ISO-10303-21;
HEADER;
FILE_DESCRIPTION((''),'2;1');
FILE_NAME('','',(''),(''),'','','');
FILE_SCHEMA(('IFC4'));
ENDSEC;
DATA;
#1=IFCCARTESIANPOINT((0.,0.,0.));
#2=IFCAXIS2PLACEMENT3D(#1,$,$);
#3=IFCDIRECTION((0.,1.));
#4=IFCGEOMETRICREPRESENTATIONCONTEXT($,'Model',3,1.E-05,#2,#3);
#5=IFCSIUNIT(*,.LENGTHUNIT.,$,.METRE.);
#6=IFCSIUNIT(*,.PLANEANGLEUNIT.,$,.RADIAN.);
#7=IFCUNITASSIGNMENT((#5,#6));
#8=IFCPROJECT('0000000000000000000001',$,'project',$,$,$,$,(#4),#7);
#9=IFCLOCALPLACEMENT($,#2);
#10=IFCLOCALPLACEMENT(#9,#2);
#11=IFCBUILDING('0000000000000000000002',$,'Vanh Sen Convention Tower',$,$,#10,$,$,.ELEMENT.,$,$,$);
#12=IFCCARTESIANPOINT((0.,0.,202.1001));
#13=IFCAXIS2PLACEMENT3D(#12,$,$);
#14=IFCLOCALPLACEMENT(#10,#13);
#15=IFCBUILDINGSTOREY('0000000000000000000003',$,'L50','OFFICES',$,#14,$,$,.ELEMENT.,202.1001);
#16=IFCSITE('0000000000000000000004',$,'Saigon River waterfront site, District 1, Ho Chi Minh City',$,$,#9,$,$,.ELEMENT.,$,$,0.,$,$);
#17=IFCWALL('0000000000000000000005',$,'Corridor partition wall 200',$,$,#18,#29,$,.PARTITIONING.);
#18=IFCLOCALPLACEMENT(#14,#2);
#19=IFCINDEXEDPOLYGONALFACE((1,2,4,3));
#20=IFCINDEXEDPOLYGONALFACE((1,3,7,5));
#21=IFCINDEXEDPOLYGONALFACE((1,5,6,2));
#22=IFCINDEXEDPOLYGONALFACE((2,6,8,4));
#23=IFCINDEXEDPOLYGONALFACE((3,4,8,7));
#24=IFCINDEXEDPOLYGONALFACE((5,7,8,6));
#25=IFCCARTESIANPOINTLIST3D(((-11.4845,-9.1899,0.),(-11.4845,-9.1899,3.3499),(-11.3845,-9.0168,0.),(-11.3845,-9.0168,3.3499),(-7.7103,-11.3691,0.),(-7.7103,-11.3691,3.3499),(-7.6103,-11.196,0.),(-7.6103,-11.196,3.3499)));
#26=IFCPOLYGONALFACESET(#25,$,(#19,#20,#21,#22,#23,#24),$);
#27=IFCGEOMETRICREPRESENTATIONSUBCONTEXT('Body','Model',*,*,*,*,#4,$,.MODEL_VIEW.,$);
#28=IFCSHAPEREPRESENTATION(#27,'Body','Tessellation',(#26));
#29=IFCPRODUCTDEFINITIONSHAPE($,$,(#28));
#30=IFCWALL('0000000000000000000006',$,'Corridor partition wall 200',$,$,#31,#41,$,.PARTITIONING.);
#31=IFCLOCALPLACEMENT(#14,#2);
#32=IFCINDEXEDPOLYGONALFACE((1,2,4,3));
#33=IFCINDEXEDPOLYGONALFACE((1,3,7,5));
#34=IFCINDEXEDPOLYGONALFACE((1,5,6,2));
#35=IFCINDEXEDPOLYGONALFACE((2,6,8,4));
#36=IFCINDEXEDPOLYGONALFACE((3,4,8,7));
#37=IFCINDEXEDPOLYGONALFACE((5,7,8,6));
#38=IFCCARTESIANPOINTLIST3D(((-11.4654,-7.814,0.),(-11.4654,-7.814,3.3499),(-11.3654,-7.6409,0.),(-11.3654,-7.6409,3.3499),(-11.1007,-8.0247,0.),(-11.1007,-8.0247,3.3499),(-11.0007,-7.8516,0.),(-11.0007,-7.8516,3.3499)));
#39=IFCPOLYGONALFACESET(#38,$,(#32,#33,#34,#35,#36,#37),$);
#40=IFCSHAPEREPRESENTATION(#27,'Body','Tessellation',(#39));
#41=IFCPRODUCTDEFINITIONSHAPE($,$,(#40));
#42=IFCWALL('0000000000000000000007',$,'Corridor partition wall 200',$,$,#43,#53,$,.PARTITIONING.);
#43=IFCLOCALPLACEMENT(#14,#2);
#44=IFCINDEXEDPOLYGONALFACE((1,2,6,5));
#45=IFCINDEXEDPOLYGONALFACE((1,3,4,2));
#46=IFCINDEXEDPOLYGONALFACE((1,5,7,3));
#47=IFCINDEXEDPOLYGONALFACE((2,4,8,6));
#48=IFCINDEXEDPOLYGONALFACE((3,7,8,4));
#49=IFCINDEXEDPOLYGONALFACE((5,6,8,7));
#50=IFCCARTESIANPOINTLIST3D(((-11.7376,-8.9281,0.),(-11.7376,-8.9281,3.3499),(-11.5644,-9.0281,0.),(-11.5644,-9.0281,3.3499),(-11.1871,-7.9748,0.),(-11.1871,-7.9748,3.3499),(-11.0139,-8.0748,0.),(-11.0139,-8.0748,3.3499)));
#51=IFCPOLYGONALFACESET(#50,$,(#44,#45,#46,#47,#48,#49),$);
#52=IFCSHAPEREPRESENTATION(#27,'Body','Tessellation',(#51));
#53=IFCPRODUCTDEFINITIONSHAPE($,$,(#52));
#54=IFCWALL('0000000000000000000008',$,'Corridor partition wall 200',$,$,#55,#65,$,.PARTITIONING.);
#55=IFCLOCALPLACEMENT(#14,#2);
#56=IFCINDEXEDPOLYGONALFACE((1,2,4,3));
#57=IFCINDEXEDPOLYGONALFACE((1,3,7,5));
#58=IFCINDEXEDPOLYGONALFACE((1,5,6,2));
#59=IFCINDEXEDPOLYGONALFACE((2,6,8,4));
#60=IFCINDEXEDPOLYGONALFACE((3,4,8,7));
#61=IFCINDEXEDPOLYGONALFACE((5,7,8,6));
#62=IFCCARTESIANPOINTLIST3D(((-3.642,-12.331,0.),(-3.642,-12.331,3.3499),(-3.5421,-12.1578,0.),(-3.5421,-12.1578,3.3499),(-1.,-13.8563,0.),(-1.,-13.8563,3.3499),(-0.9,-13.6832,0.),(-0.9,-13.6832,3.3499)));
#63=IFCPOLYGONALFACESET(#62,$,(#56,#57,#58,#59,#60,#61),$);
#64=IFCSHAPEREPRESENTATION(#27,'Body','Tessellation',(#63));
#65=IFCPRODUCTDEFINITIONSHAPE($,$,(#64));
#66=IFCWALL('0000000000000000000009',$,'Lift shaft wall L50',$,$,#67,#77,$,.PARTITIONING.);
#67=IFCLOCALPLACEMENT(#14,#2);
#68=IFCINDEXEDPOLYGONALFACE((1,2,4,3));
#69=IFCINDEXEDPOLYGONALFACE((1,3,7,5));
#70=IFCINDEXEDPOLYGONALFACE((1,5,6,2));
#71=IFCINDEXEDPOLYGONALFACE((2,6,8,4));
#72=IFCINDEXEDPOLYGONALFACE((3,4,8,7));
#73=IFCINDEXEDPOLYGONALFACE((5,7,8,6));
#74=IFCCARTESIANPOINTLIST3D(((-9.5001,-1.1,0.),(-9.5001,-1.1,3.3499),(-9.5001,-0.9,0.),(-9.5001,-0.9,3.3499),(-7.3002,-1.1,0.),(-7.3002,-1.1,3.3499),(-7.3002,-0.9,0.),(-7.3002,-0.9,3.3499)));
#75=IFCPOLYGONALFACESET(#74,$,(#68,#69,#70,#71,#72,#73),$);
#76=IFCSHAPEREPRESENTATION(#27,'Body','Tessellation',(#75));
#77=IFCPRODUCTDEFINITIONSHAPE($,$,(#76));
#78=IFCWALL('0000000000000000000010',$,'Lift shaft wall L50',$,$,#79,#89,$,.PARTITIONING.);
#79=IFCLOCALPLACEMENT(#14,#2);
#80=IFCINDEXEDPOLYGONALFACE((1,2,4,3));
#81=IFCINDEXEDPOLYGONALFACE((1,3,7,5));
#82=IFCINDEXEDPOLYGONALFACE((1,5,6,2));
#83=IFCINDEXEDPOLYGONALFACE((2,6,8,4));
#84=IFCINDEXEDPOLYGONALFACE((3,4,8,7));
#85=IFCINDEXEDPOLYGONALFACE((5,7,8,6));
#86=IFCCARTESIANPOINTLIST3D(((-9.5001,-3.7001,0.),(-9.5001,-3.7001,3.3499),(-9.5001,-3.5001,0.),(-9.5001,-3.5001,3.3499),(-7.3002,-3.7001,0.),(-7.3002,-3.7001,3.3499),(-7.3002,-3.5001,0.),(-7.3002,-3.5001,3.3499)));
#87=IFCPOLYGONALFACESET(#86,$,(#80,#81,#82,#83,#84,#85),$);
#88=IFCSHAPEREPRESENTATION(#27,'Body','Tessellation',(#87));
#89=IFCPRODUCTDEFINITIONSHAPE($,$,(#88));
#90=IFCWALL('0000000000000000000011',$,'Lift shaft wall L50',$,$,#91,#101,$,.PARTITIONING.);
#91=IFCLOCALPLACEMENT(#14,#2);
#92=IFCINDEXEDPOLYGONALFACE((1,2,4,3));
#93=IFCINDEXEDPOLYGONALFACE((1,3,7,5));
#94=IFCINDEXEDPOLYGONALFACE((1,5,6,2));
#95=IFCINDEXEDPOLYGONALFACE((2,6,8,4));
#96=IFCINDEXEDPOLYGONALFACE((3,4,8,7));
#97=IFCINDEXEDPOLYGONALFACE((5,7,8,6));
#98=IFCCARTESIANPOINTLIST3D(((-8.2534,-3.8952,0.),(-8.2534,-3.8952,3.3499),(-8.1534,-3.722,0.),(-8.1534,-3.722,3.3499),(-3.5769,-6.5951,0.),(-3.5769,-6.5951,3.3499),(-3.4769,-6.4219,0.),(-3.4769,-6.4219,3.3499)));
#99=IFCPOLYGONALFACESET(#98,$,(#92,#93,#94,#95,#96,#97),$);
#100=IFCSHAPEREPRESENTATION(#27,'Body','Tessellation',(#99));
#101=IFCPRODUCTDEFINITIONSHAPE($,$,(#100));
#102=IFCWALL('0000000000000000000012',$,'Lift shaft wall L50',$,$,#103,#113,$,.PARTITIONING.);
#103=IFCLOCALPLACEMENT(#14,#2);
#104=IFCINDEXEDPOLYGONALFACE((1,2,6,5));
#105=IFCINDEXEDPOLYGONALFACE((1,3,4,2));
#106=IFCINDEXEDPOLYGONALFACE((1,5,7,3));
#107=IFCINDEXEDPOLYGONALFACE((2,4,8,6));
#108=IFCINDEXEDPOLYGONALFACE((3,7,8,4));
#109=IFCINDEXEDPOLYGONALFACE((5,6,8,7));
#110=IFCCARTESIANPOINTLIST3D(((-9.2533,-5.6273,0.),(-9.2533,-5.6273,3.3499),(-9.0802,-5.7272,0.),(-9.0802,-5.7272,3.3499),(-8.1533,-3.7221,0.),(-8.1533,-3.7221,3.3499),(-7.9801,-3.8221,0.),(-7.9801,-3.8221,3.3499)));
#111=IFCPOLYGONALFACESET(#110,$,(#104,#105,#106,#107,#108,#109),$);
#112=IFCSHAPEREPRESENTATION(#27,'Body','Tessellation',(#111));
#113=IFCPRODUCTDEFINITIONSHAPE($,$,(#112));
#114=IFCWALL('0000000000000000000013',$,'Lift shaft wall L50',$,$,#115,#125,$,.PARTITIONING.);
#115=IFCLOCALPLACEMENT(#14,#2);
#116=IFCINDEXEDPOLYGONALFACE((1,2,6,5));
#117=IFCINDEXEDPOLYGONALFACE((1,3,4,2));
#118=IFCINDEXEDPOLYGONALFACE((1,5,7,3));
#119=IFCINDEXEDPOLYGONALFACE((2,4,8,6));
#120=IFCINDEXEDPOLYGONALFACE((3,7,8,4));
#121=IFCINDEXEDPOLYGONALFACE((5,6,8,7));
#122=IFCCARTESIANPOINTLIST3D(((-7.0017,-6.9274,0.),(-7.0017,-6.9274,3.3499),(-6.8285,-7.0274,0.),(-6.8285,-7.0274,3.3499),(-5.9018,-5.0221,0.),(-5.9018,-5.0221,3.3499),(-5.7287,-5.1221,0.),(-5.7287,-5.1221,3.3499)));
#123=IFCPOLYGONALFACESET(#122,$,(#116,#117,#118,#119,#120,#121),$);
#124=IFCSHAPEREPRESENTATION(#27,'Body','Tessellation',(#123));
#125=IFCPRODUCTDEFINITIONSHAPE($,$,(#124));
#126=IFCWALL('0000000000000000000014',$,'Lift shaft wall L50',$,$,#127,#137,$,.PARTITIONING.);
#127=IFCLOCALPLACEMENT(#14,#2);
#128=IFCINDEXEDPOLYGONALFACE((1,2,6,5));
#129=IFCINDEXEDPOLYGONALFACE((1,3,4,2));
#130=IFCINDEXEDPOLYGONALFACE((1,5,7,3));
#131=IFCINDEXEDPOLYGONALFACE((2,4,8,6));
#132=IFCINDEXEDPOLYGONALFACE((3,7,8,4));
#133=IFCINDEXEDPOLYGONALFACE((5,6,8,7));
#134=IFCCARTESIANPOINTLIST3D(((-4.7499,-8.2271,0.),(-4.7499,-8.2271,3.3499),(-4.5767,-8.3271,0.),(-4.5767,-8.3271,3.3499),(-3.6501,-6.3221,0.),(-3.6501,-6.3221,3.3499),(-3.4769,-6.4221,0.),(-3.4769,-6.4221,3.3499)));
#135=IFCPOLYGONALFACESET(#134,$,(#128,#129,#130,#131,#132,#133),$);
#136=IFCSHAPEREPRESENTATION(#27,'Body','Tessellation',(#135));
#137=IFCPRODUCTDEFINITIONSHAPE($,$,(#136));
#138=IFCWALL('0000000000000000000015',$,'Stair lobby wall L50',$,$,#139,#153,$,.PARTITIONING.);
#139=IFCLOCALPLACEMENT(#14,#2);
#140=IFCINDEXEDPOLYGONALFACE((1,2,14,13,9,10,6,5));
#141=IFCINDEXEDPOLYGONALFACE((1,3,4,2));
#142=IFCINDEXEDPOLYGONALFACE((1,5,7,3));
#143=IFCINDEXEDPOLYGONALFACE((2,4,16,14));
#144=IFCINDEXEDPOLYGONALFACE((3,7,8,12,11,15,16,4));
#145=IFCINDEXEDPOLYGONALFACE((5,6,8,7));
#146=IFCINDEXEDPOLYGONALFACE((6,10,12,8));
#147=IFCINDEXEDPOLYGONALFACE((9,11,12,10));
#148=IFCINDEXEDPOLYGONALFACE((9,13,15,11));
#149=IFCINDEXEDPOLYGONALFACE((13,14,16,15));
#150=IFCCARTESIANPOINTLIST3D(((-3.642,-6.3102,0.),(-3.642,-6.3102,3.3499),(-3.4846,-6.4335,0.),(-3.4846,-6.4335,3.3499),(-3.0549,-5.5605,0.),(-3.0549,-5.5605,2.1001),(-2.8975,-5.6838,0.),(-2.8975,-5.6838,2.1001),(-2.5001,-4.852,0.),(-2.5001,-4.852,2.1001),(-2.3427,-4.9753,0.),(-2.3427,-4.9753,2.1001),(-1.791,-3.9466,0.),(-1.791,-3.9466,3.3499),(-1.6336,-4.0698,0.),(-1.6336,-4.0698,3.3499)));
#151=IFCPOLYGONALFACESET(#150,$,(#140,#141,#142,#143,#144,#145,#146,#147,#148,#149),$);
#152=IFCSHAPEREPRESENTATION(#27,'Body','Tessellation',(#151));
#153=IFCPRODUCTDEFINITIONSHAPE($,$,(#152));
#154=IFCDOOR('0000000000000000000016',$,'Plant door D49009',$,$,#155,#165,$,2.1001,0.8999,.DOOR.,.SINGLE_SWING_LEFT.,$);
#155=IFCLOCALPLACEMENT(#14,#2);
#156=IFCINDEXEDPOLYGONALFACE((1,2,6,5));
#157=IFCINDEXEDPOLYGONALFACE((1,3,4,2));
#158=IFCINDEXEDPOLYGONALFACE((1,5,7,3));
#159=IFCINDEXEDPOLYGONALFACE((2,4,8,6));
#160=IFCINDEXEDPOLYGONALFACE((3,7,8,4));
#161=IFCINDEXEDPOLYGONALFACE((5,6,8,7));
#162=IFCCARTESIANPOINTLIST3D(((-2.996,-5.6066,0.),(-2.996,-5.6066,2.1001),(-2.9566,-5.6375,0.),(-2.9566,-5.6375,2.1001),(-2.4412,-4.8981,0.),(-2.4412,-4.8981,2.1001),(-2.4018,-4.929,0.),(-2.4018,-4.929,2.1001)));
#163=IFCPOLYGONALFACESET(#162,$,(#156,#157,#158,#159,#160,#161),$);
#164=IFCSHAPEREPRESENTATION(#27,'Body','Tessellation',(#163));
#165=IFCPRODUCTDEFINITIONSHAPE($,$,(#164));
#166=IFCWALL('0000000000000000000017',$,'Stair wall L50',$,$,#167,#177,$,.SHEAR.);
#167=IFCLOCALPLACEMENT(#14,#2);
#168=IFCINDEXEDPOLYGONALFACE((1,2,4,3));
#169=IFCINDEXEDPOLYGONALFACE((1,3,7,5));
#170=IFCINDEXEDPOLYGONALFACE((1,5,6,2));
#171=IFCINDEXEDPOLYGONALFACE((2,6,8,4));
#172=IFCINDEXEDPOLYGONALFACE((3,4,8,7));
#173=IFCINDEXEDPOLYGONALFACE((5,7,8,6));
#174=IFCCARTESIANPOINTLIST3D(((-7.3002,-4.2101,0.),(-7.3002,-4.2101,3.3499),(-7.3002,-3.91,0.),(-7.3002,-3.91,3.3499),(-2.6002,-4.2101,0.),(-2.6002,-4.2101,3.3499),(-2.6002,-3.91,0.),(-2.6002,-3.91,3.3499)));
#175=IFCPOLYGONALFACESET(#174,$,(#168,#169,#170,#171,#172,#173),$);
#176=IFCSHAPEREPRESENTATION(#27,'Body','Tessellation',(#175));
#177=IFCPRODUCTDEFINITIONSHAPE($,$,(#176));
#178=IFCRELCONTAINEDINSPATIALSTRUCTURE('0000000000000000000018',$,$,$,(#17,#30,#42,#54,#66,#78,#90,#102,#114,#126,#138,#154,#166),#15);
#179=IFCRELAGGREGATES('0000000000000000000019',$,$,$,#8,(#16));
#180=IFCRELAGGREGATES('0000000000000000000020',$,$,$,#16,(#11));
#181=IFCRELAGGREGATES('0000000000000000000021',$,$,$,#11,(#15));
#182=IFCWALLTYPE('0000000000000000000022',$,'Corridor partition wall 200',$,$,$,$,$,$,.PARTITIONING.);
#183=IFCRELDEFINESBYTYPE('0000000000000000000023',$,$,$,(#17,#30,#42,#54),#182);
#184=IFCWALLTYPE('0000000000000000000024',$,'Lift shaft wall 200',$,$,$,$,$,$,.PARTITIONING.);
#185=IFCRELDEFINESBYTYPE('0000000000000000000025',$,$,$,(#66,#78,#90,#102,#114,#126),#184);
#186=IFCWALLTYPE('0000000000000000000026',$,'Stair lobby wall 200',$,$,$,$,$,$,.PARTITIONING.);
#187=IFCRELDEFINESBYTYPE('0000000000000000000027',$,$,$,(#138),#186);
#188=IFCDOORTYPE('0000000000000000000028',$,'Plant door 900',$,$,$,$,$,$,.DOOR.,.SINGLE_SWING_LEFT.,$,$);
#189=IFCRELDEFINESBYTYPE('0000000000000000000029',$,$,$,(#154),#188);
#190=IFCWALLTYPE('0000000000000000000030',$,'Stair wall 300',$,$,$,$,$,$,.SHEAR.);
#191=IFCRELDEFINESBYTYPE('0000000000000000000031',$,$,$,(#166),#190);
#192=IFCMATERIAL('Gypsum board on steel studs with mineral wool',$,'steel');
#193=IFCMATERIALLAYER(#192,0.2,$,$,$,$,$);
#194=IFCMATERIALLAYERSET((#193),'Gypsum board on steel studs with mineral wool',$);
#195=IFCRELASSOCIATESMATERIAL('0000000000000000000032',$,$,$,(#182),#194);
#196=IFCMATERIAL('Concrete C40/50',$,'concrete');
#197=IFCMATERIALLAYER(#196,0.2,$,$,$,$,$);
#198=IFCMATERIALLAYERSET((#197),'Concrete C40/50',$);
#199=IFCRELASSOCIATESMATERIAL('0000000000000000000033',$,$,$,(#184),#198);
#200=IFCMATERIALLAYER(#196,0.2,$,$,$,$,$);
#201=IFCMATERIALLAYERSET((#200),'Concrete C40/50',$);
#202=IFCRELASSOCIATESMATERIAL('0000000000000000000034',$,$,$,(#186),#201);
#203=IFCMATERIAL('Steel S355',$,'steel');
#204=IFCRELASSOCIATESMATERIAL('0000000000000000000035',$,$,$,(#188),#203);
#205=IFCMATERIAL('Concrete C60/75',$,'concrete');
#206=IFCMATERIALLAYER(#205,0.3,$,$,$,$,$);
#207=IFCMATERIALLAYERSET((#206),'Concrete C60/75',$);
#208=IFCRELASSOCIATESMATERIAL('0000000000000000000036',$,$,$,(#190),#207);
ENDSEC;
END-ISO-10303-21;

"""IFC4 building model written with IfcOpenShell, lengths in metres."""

from ifc_helpers import new_model, si_unit, direction, frame, frame_2d, origin, place, context, subcontext, project, spatial, rectangle, extrude, material, layer, layer_set, type_object, element, fill, save


model = new_model("IFC4")

# Units and contexts
model_context = context("Model", 3, precision=1e-05, world=origin(), true_north=direction((0.0, 1.0)))
body_context = subcontext(model_context, "Body", "Model", "MODEL_VIEW")
ifc_project = project(units=[si_unit("LENGTHUNIT", "METRE"), si_unit("PLANEANGLEUNIT", "RADIAN")], contexts=[model_context])

# Site, building, storey
site_placement = place(None, origin())
site = spatial("IfcSite", under=ifc_project, at=site_placement, Name="Saigon River waterfront site, District 1, Ho Chi Minh City", CompositionType="ELEMENT", RefElevation=0.0)
building_placement = place(site_placement, origin())
building = spatial("IfcBuilding", under=site, at=building_placement, Name="Vanh Sen Convention Tower", CompositionType="ELEMENT")
storey_placement = place(building_placement, frame((0.0, 0.0, 202.1001)))
storey = spatial("IfcBuildingStorey", under=building, at=storey_placement, Name="L50", Description="OFFICES", CompositionType="ELEMENT", Elevation=202.1001)

# Shared definitions
ifc_material_1 = material(Name="Steel S355", Category="steel")

# Walls
ifc_material_2 = material(Name="Gypsum board on steel studs with mineral wool", Category="steel")
ifc_layer_1 = layer(ifc_material_2, 0.2)
ifc_layer_set_1 = layer_set([ifc_layer_1], Name="Gypsum board on steel studs with mineral wool")
wall_type_1 = type_object("IfcWallType", Name="Corridor partition wall 200", PredefinedType="PARTITIONING", material=ifc_layer_set_1)
wall_1_placement = place(storey_placement, frame((-11.4346, -9.1033, 0.0), z_axis=(0.0, 0.0, 1.0), x_axis=(0.866007, -0.500031, 0.0)))
element("IfcWall", 1, at=wall_1_placement, inside=storey, type_object=wall_type_1, Name="Corridor partition wall 200", PredefinedType="PARTITIONING", context=body_context, shape_type="SweptSolid", body=[
    extrude(rectangle(XDim=4.3582, YDim=0.2, at=frame_2d((2.1792, 0.0))), origin(), (0.0, 0.0, 1.0), 3.3499),
])
wall_2_placement = place(storey_placement, frame((-11.4153, -7.7275, 0.0), z_axis=(0.0, 0.0, 1.0), x_axis=(0.865915, -0.500191, 0.0)))
element("IfcWall", 2, at=wall_2_placement, inside=storey, type_object=wall_type_1, Name="Corridor partition wall 200", PredefinedType="PARTITIONING", context=body_context, shape_type="SweptSolid", body=[
    extrude(rectangle(XDim=0.4211, YDim=0.2, at=frame_2d((0.2104, 0.0))), origin(), (0.0, 0.0, 1.0), 3.3499),
])
wall_3_placement = place(storey_placement, frame((-11.1006, -8.0249, 0.0), z_axis=(0.0, 0.0, 1.0), x_axis=(-0.500074, -0.865982, 0.0)))
element("IfcWall", 3, at=wall_3_placement, inside=storey, type_object=wall_type_1, Name="Corridor partition wall 200", PredefinedType="PARTITIONING", context=body_context, shape_type="SweptSolid", body=[
    extrude(rectangle(XDim=1.1008, YDim=0.2, at=frame_2d((0.5503, 0.0))), origin(), (0.0, 0.0, 1.0), 3.3499),
])
wall_4_placement = place(storey_placement, frame((-3.592, -12.2444, 0.0), z_axis=(0.0, 0.0, 1.0), x_axis=(0.866028, -0.499995, 0.0)))
element("IfcWall", 4, at=wall_4_placement, inside=storey, type_object=wall_type_1, Name="Corridor partition wall 200", PredefinedType="PARTITIONING", context=body_context, shape_type="SweptSolid", body=[
    extrude(rectangle(XDim=3.0508, YDim=0.2, at=frame_2d((1.5254, 0.0))), origin(), (0.0, 0.0, 1.0), 3.3499),
])
ifc_material_3 = material(Name="Concrete C40/50", Category="concrete")
ifc_layer_2 = layer(ifc_material_3, 0.2)
ifc_layer_set_2 = layer_set([ifc_layer_2], Name="Concrete C40/50")
wall_type_2 = type_object("IfcWallType", Name="Lift shaft wall 200", PredefinedType="PARTITIONING", material=ifc_layer_set_2)
for number, where, z_axis, x_axis, name in (
    (5, (-7.3, -1.0, 0.0), (0.0, 0.0, 1.0), (-1.0, 0.0, 0.0), "Lift shaft wall L50"),
    (6, (-7.3, -3.6001, 0.0), (0.0, 0.0, 1.0), (-1.0, 0.0, 0.0), "Lift shaft wall L50"),
):
    element("IfcWall", number, at=place(storey_placement, frame(where, z_axis=z_axis, x_axis=x_axis)), inside=storey, type_object=wall_type_2, Name=name, PredefinedType="PARTITIONING", context=body_context, shape_type="SweptSolid", body=[
        extrude(rectangle(XDim=2.2, YDim=0.2, at=frame_2d((1.1001, 0.0))), origin(), (0.0, 0.0, 1.0), 3.3499),
    ])
wall_5_placement = place(storey_placement, frame((-8.2034, -3.8086, 0.0), z_axis=(0.0, 0.0, 1.0), x_axis=(0.866028, -0.499995, 0.0)))
element("IfcWall", 7, at=wall_5_placement, inside=storey, type_object=wall_type_2, Name="Lift shaft wall L50", PredefinedType="PARTITIONING", context=body_context, shape_type="SweptSolid", body=[
    extrude(rectangle(XDim=5.3999, YDim=0.2, at=frame_2d((2.7, 0.0))), origin(), (0.0, 0.0, 1.0), 3.3499),
])
for number, where, z_axis, x_axis, name in (
    (8, (-8.0667, -3.772, 0.0), (0.0, 0.0, 1.0), (-0.50003, -0.866008, 0.0), "Lift shaft wall L50"),
    (9, (-5.8152, -5.072, 0.0), (0.0, 0.0, 1.0), (-0.499947, -0.866056, 0.0), "Lift shaft wall L50"),
):
    element("IfcWall", number, at=place(storey_placement, frame(where, z_axis=z_axis, x_axis=x_axis)), inside=storey, type_object=wall_type_2, Name=name, PredefinedType="PARTITIONING", context=body_context, shape_type="SweptSolid", body=[
        extrude(rectangle(XDim=2.2, YDim=0.2, at=frame_2d((1.1001, 0.0))), origin(), (0.0, 0.0, 1.0), 3.3499),
    ])
wall_6_placement = place(storey_placement, frame((-3.5635, -6.3721, 0.0), z_axis=(0.0, 0.0, 1.0), x_axis=(-0.499995, -0.866028, 0.0)))
element("IfcWall", 10, at=wall_6_placement, inside=storey, type_object=wall_type_2, Name="Lift shaft wall L50", PredefinedType="PARTITIONING", context=body_context, shape_type="SweptSolid", body=[
    extrude(rectangle(XDim=2.1997, YDim=0.2, at=frame_2d((1.0999, 0.0))), origin(), (0.0, 0.0, 1.0), 3.3499),
])

# Wall, opening, door
ifc_layer_3 = layer(ifc_material_3, 0.2)
ifc_layer_set_3 = layer_set([ifc_layer_3], Name="Concrete C40/50")
wall_type_3 = type_object("IfcWallType", Name="Stair lobby wall 200", PredefinedType="PARTITIONING", material=ifc_layer_set_3)
wall_7_placement = place(storey_placement, frame((-1.7124, -4.0083, 0.0), z_axis=(0.0, 0.0, 1.0), x_axis=(-0.616549, -0.787316, 0.0)))
wall_7 = element("IfcWall", 11, at=wall_7_placement, inside=storey, type_object=wall_type_3, Name="Stair lobby wall L50", PredefinedType="PARTITIONING", context=body_context, shape_type="SweptSolid", body=[
    extrude(rectangle(XDim=3.0022, YDim=0.2, at=frame_2d((1.501, 0.0))), origin(), (0.0, 0.0, 1.0), 3.3499),
])
opening_1_placement = place(wall_7_placement, frame((1.1499, 0.0, 0.0)))
opening_1 = element("IfcOpeningElement", 12, at=opening_1_placement, cuts=wall_7, PredefinedType="OPENING", context=body_context, shape_type="SweptSolid", body=[
    extrude(rectangle(XDim=0.8999, YDim=2.1001, at=frame_2d((0.45, 1.05))), frame((0.0, 0.1099, 0.0), z_axis=(0.0, -1.0, 0.0), x_axis=(1.0, 0.0, 0.0)), (0.0, 0.0, 1.0), 0.22),
])
door_type_1 = type_object("IfcDoorType", Name="Plant door 900", OperationType="SINGLE_SWING_LEFT", PredefinedType="DOOR", material=ifc_material_1)
door_1_placement = place(opening_1_placement, origin())
door_1 = element("IfcDoor", 13, at=door_1_placement, inside=storey, type_object=door_type_1, Name="Plant door D49009", OperationType="SINGLE_SWING_LEFT", OverallHeight=2.1001, OverallWidth=0.8999, PredefinedType="DOOR", context=body_context, shape_type="SweptSolid", body=[
    extrude(rectangle(XDim=0.8999, YDim=2.1001, at=frame_2d((0.45, 1.05))), frame((0.0, 0.0249, 0.0), z_axis=(0.0, -1.0, 0.0), x_axis=(1.0, 0.0, 0.0)), (0.0, 0.0, 1.0), 0.05),
])
fill(opening_1, door_1)

# Wall
ifc_material_4 = material(Name="Concrete C60/75", Category="concrete")
ifc_layer_4 = layer(ifc_material_4, 0.3)
ifc_layer_set_4 = layer_set([ifc_layer_4], Name="Concrete C60/75")
wall_type_4 = type_object("IfcWallType", Name="Stair wall 300", PredefinedType="SHEAR", material=ifc_layer_set_4)
wall_8_placement = place(storey_placement, frame((-2.6001, -4.0601, 0.0), z_axis=(0.0, 0.0, 1.0), x_axis=(-1.0, 0.0, 0.0)))
element("IfcWall", 14, at=wall_8_placement, inside=storey, type_object=wall_type_4, Name="Stair wall L50", PredefinedType="SHEAR", context=body_context, shape_type="SweptSolid", body=[
    extrude(rectangle(XDim=4.7, YDim=0.3, at=frame_2d((2.3501, 0.0))), origin(), (0.0, 0.0, 1.0), 3.3499),
])

save(model, "model.ifc")
